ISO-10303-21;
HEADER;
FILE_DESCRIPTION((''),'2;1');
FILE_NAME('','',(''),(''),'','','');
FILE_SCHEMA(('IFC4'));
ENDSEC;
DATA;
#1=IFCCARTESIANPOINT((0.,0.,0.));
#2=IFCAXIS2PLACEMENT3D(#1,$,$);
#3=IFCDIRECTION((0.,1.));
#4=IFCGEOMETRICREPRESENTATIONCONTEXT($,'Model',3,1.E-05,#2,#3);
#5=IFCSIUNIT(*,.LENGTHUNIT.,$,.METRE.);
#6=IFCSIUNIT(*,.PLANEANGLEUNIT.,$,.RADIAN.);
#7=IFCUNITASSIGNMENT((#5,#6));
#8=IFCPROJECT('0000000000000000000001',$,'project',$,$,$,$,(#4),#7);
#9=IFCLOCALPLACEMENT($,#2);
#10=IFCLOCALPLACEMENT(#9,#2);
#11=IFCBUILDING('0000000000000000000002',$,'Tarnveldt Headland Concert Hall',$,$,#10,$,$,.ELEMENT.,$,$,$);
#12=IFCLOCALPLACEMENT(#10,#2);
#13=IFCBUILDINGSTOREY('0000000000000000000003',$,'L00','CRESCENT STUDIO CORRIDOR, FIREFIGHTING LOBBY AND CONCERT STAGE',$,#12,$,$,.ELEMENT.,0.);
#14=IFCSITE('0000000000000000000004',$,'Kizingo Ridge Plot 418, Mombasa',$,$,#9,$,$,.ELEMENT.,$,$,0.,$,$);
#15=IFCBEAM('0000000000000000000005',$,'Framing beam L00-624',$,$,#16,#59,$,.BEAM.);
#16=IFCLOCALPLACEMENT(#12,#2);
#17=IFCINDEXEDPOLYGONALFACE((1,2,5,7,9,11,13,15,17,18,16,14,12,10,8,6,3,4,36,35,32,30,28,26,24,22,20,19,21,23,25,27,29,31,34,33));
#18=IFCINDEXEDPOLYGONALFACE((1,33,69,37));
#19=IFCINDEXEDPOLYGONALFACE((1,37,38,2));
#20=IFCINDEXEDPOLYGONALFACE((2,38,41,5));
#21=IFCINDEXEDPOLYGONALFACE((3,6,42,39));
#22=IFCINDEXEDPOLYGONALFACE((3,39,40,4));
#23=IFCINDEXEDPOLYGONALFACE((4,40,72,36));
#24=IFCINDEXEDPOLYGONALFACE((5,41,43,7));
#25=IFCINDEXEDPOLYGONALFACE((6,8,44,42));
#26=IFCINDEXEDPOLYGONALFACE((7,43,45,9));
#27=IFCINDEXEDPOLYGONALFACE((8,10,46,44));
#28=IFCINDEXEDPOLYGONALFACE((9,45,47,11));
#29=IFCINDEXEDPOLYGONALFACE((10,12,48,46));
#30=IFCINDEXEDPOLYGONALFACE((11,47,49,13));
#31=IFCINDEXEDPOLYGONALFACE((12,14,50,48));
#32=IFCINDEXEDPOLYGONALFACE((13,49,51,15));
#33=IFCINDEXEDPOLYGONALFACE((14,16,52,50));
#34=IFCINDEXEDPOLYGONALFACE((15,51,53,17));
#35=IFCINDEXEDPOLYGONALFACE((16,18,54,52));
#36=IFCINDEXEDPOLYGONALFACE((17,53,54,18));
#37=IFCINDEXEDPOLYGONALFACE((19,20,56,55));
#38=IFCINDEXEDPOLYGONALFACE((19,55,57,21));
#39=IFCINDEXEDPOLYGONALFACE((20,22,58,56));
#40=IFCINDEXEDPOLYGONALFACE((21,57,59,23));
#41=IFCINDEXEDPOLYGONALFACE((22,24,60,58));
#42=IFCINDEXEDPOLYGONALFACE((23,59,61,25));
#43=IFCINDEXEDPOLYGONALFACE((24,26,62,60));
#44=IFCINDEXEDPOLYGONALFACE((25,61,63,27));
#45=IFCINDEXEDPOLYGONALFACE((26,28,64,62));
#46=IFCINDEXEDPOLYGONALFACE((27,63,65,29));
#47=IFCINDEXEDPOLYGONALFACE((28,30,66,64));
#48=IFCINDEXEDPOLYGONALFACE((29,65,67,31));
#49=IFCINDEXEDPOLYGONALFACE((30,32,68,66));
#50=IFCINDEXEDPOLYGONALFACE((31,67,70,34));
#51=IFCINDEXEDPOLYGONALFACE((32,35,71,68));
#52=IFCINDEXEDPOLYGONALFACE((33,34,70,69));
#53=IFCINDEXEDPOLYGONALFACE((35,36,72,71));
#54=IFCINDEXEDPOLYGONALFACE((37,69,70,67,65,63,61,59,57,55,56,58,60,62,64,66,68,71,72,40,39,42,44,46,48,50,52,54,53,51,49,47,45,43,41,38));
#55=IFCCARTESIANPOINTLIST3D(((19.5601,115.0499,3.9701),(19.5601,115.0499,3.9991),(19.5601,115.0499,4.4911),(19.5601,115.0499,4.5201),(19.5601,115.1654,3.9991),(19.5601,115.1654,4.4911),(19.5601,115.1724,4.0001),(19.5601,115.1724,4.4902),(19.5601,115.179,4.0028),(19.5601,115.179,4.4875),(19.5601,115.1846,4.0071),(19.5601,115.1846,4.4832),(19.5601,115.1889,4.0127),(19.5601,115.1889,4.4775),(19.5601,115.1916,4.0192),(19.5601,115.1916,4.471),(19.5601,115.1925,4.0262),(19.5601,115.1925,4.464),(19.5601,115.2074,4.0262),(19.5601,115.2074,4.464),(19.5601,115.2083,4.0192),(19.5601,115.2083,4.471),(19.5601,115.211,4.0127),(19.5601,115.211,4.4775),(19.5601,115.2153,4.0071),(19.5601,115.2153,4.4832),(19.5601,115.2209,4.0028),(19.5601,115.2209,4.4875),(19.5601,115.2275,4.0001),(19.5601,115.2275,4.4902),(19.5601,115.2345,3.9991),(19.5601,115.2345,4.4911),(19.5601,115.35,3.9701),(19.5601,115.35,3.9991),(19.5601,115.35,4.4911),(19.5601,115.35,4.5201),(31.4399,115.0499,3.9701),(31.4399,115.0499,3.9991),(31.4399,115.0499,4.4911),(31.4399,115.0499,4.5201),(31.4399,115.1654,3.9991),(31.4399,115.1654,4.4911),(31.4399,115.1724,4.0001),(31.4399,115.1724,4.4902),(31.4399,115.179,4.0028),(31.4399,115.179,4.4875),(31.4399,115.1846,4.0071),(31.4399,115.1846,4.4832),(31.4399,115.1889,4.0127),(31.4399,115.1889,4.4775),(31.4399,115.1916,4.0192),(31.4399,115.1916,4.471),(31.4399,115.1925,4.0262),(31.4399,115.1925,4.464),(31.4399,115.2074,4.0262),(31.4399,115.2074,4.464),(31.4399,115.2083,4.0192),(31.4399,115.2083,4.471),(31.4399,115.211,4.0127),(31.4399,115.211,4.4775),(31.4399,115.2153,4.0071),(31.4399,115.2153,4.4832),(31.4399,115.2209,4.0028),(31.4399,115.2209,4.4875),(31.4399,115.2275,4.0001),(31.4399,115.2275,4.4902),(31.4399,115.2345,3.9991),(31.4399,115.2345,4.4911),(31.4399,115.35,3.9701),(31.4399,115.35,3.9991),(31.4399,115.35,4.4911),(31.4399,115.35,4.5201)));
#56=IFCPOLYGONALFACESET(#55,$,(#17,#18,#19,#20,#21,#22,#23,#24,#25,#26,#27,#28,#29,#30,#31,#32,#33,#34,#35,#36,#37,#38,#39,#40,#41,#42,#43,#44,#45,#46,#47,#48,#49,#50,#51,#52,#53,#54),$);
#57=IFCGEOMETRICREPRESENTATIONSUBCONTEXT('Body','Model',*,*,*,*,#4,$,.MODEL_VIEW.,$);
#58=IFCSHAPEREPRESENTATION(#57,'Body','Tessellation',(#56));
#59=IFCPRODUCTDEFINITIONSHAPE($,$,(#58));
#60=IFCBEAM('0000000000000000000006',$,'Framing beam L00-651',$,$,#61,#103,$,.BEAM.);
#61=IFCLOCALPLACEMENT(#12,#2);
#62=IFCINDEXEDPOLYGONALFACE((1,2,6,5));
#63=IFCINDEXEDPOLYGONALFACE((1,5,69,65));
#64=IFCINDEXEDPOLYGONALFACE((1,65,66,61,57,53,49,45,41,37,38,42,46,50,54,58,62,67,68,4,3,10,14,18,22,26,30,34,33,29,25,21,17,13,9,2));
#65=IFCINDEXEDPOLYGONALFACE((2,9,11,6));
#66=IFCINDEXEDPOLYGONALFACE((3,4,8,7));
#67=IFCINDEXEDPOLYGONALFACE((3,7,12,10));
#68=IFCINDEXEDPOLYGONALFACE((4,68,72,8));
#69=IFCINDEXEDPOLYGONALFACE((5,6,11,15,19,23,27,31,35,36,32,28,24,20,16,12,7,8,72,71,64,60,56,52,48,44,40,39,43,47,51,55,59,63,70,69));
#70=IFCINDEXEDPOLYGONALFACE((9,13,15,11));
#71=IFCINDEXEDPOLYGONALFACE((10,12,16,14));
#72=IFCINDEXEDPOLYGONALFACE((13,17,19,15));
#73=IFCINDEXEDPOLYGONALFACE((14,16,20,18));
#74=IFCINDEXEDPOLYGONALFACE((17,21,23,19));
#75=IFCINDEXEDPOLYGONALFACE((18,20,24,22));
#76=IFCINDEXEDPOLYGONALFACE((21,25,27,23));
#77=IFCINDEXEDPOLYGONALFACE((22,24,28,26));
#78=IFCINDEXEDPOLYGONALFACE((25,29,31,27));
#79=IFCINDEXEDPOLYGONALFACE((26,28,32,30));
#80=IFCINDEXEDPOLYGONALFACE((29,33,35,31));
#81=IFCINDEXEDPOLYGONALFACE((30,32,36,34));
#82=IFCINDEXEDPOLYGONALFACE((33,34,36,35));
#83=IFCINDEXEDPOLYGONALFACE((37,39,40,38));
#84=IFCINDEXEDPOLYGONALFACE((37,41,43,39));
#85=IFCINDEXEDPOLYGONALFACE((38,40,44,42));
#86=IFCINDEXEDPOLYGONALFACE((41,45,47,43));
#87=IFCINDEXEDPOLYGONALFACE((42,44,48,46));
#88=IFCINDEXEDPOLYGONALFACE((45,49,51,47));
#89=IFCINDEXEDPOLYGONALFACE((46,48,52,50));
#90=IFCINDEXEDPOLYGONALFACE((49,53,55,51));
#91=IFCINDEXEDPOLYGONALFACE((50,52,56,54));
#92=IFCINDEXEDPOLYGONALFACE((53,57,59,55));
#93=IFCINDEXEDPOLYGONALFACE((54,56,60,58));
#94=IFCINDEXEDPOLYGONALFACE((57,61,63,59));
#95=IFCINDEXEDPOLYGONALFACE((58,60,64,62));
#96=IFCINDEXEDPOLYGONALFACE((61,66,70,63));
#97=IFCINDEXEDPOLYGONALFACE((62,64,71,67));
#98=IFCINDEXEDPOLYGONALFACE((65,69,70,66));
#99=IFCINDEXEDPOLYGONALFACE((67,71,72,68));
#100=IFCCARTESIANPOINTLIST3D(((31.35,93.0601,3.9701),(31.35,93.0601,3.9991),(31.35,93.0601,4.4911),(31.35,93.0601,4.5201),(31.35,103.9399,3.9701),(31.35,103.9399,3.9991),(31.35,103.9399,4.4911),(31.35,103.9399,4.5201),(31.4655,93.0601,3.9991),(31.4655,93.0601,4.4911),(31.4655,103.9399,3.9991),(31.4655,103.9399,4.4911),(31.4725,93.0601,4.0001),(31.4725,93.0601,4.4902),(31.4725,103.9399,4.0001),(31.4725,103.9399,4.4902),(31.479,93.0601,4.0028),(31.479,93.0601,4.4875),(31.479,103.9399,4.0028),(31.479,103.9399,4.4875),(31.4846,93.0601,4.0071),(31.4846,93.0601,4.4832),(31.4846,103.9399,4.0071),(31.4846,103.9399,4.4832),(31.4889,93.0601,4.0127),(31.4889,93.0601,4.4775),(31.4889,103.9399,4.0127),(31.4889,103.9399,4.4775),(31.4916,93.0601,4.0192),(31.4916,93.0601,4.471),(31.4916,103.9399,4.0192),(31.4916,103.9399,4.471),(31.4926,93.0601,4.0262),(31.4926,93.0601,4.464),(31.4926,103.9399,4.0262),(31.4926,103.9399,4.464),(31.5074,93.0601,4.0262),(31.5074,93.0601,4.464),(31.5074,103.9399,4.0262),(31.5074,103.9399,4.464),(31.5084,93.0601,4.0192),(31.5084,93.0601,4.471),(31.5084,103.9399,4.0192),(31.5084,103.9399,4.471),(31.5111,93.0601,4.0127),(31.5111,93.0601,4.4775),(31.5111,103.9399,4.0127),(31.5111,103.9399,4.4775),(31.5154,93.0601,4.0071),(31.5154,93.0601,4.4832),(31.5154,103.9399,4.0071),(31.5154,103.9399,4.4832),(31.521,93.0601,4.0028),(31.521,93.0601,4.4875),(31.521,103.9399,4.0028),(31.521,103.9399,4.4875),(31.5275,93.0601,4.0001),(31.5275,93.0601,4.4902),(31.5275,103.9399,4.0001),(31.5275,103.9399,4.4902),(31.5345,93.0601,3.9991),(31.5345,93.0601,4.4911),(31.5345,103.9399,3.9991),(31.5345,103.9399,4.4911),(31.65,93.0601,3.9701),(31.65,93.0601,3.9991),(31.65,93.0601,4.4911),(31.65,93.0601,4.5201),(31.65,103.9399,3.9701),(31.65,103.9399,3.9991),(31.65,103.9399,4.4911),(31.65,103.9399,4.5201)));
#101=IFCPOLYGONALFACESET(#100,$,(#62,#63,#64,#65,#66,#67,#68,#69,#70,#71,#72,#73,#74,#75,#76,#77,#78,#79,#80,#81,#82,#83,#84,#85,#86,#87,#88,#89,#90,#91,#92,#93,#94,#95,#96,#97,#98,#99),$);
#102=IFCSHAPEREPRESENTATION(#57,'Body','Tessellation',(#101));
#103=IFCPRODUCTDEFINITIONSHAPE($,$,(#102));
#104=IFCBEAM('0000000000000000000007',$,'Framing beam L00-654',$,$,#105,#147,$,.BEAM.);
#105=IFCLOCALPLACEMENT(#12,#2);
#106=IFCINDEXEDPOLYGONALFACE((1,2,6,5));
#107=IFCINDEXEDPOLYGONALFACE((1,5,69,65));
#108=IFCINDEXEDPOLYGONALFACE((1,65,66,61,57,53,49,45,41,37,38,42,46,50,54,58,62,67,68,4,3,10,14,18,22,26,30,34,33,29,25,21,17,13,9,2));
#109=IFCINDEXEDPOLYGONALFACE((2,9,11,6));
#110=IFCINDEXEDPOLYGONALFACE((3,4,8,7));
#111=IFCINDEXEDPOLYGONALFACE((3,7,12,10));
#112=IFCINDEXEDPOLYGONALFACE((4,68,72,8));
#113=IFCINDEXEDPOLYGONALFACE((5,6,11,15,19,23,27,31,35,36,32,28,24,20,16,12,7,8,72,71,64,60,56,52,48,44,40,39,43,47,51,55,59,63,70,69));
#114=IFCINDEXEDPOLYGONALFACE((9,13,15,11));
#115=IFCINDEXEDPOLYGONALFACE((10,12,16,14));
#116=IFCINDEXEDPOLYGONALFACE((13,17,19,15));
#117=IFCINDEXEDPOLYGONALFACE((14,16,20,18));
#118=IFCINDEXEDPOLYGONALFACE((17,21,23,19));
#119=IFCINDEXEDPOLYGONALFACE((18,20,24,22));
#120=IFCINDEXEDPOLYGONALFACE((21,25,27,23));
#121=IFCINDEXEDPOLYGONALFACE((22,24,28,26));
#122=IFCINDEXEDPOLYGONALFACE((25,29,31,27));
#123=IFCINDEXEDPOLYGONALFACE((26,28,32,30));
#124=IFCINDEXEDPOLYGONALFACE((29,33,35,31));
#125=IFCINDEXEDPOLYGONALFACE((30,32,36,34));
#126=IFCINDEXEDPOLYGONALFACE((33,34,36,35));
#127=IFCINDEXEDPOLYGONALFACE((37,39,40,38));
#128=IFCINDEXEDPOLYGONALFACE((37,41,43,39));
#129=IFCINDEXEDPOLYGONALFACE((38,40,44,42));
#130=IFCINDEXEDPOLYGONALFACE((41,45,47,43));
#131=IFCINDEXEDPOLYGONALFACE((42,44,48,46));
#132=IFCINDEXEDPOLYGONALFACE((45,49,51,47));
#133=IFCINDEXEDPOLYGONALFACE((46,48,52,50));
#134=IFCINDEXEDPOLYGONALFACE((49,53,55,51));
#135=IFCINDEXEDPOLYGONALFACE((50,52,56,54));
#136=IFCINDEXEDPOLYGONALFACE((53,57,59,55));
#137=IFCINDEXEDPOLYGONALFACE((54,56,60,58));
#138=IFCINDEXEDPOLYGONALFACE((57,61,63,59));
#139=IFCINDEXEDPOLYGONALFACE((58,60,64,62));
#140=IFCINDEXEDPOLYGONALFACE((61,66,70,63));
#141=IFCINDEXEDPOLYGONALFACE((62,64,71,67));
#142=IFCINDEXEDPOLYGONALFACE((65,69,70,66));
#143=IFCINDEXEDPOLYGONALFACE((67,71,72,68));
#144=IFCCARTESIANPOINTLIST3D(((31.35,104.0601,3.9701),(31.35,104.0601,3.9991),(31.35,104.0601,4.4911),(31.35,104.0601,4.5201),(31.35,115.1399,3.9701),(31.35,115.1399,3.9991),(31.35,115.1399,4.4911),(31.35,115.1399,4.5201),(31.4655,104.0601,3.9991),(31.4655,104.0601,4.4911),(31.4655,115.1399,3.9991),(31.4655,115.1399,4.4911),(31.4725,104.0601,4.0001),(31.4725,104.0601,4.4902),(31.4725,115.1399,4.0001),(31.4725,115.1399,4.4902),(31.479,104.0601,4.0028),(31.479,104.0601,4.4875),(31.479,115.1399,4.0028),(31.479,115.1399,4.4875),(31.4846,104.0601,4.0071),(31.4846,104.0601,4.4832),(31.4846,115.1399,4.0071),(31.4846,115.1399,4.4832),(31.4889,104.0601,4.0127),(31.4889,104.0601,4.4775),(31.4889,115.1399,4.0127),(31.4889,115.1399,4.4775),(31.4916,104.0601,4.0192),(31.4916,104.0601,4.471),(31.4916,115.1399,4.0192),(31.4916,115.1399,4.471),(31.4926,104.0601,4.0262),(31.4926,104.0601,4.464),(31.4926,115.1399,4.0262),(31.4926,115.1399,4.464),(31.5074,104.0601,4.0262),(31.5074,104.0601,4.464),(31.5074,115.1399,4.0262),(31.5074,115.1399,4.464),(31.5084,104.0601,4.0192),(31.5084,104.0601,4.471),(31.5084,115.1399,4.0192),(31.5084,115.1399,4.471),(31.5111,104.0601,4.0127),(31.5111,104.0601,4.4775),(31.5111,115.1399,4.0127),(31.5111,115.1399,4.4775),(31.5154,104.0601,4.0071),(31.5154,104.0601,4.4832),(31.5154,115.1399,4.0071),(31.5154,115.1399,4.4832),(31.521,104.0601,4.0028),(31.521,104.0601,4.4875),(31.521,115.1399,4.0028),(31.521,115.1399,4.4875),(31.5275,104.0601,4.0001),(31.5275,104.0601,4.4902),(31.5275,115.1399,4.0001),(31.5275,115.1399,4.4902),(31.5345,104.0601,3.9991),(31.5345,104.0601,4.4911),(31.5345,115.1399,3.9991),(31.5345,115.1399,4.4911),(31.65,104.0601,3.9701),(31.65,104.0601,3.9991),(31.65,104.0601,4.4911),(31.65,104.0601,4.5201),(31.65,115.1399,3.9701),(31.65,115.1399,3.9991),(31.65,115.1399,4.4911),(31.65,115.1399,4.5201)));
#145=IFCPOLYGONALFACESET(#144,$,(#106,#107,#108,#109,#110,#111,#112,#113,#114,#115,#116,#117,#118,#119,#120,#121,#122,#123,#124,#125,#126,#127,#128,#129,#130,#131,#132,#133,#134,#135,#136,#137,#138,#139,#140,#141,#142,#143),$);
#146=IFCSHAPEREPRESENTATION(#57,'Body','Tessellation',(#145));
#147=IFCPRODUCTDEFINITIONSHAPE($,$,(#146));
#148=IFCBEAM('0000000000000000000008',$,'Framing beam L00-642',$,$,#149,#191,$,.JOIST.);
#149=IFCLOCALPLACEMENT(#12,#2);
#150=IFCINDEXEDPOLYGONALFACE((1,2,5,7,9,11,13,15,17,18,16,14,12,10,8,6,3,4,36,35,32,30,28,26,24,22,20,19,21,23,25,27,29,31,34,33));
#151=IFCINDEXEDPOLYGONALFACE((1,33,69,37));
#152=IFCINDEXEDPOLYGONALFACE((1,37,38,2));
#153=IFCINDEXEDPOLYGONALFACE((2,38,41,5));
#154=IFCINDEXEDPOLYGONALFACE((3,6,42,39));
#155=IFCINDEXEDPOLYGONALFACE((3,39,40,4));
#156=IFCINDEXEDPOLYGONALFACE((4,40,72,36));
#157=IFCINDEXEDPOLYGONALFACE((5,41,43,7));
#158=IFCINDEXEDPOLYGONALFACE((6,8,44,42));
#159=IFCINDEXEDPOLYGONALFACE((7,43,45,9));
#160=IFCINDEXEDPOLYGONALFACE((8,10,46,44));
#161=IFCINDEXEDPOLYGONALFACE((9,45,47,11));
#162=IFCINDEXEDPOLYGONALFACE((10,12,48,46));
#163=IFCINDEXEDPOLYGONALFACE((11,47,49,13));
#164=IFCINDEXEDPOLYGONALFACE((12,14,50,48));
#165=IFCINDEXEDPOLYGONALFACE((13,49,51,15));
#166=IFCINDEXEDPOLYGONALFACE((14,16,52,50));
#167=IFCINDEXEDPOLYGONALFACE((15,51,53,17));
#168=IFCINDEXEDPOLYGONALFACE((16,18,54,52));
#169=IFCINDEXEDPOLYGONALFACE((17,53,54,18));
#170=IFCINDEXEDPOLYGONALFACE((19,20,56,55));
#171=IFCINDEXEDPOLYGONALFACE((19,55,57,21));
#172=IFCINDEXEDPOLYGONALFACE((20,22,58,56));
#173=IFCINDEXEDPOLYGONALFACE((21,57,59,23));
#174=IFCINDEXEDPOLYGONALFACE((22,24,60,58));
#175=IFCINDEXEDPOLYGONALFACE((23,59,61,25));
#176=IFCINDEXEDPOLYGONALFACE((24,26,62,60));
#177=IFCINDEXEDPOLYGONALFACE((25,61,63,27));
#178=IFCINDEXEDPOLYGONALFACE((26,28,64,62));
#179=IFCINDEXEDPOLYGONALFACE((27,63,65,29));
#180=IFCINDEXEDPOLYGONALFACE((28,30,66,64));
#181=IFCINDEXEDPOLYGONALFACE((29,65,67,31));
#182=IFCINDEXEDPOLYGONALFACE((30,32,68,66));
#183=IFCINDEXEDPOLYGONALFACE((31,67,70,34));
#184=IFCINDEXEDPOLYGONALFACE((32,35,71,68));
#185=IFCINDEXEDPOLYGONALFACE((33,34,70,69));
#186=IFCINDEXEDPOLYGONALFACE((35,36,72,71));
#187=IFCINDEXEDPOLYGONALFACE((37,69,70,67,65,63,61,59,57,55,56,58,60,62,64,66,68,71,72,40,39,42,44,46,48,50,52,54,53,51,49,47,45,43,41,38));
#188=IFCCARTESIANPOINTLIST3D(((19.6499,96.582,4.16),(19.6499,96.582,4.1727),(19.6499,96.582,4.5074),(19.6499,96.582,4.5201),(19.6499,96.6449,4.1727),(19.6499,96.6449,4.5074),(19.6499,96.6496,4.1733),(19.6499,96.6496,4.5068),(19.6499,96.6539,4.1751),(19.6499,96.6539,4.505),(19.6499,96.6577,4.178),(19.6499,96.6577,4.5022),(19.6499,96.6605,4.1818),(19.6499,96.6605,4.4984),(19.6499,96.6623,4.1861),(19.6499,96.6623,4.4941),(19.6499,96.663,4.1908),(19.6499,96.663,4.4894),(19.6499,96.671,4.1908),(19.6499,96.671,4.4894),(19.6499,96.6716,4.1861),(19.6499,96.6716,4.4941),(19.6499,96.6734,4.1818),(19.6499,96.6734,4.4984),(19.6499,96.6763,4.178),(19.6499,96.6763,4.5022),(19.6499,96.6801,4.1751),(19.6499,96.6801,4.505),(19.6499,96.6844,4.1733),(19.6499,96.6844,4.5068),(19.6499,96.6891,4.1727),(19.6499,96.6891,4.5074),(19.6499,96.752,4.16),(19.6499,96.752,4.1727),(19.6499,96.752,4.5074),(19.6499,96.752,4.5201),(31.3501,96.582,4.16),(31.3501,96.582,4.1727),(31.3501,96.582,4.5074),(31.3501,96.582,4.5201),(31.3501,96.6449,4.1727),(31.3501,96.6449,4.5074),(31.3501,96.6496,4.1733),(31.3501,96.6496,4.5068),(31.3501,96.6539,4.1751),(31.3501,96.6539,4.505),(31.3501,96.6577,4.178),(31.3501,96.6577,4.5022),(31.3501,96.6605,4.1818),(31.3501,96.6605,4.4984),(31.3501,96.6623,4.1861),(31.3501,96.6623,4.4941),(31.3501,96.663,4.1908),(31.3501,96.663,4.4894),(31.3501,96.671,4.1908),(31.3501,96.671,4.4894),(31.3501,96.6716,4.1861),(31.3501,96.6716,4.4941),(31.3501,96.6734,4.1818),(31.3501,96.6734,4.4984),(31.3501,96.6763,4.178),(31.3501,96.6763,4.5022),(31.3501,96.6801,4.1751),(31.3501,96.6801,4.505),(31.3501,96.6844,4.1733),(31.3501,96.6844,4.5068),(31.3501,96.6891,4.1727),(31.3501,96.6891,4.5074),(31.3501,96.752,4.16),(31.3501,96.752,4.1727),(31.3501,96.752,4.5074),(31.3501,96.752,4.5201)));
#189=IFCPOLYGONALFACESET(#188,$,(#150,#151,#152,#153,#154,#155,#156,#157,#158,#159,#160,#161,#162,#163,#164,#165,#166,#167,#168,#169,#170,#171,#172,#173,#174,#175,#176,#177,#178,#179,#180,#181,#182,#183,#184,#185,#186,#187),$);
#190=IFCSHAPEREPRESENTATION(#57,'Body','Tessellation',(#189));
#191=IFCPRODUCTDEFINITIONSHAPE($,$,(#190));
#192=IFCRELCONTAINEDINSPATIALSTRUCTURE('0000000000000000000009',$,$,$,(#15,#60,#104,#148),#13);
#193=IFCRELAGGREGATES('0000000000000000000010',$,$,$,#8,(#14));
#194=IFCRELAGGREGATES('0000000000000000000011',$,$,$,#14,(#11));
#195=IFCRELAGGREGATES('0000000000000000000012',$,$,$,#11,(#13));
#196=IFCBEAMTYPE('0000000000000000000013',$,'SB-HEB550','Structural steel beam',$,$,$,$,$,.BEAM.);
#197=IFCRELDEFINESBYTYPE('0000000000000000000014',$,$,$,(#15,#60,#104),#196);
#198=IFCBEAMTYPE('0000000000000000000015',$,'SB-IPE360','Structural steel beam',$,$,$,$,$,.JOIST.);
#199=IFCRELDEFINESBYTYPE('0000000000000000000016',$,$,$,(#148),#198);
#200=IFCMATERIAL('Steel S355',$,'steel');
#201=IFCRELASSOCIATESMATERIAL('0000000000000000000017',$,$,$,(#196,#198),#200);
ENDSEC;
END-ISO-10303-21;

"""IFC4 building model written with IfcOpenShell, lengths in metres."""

from ifc_helpers import new_model, si_unit, direction, frame, origin, origin_2d, place, context, subcontext, project, spatial, i_section, extrude, material, material_profile, profile_set, type_object, element, save


model = new_model("IFC4")

# Units and contexts
model_context = context("Model", 3, precision=1e-05, world=origin(), true_north=direction((0.0, 1.0)))
body_context = subcontext(model_context, "Body", "Model", "MODEL_VIEW")
ifc_project = project(units=[si_unit("LENGTHUNIT", "METRE"), si_unit("PLANEANGLEUNIT", "RADIAN")], contexts=[model_context])

# Site, building, storey
site_placement = place(None, origin())
site = spatial("IfcSite", under=ifc_project, at=site_placement, Name="Kizingo Ridge Plot 418, Mombasa", CompositionType="ELEMENT", RefElevation=0.0)
building_placement = place(site_placement, origin())
building = spatial("IfcBuilding", under=site, at=building_placement, Name="Tarnveldt Headland Concert Hall", CompositionType="ELEMENT")
storey_placement = place(building_placement, origin())
storey = spatial("IfcBuildingStorey", under=building, at=storey_placement, Name="L00", Description="CRESCENT STUDIO CORRIDOR, FIREFIGHTING LOBBY AND CONCERT STAGE", CompositionType="ELEMENT", Elevation=0.0)

# Beams
ifc_material_1 = material(Name="Steel S355", Category="steel")
ifc_material_profile_1 = material_profile(ifc_material_1, i_section(OverallWidth=0.3, OverallDepth=0.55, WebThickness=0.0149, FlangeThickness=0.0291, FilletRadius=0.0271, at=origin_2d()), Name="HEB550", Category="steel")
ifc_profile_set_1 = profile_set([ifc_material_profile_1], Name="Steel S355")
beam_type_1 = type_object("IfcBeamType", Name="SB-HEB550", Description="Structural steel beam", PredefinedType="BEAM", material=ifc_profile_set_1)
for number, where, z_axis, x_axis, name in (
    (1, (19.5601, 115.2, 4.2451), (1.0, 0.0, 0.0), (0.0, 1.0, 0.0), "Framing beam L00-624"),
):
    element("IfcBeam", number, at=place(storey_placement, frame(where, z_axis=z_axis, x_axis=x_axis)), inside=storey, type_object=beam_type_1, Name=name, PredefinedType="BEAM", context=body_context, shape_type="SweptSolid", body=[
        extrude(i_section(OverallWidth=0.3, OverallDepth=0.55, WebThickness=0.0149, FlangeThickness=0.0291, FilletRadius=0.0271, at=origin_2d()), origin(), (0.0, 0.0, 1.0), 11.8799),
    ])
beam_1_placement = place(storey_placement, frame((31.5, 93.0601, 4.2451), z_axis=(0.0, 1.0, 0.0), x_axis=(-1.0, 0.0, 0.0)))
element("IfcBeam", 2, at=beam_1_placement, inside=storey, type_object=beam_type_1, Name="Framing beam L00-651", PredefinedType="BEAM", context=body_context, shape_type="SweptSolid", body=[
    extrude(i_section(OverallWidth=0.3, OverallDepth=0.55, WebThickness=0.0149, FlangeThickness=0.0291, FilletRadius=0.0271, at=origin_2d()), origin(), (0.0, 0.0, 1.0), 10.8799),
])
beam_2_placement = place(storey_placement, frame((31.5, 104.0601, 4.2451), z_axis=(0.0, 1.0, 0.0), x_axis=(-1.0, 0.0, 0.0)))
element("IfcBeam", 3, at=beam_2_placement, inside=storey, type_object=beam_type_1, Name="Framing beam L00-654", PredefinedType="BEAM", context=body_context, shape_type="SweptSolid", body=[
    extrude(i_section(OverallWidth=0.3, OverallDepth=0.55, WebThickness=0.0149, FlangeThickness=0.0291, FilletRadius=0.0271, at=origin_2d()), origin(), (0.0, 0.0, 1.0), 11.0798),
])
ifc_material_profile_2 = material_profile(ifc_material_1, i_section(OverallWidth=0.1699, OverallDepth=0.3601, WebThickness=0.0081, FlangeThickness=0.0127, FilletRadius=0.0181, at=origin_2d()), Name="IPE360", Category="steel")
ifc_profile_set_2 = profile_set([ifc_material_profile_2], Name="Steel S355")
beam_type_2 = type_object("IfcBeamType", Name="SB-IPE360", Description="Structural steel beam", PredefinedType="JOIST", material=ifc_profile_set_2)
for number, where, z_axis, x_axis, name in (
    (4, (19.6499, 96.667, 4.3401), (1.0, 0.0, 0.0), (0.0, 1.0, 0.0), "Framing beam L00-642"),
):
    element("IfcBeam", number, at=place(storey_placement, frame(where, z_axis=z_axis, x_axis=x_axis)), inside=storey, type_object=beam_type_2, Name=name, PredefinedType="JOIST", context=body_context, shape_type="SweptSolid", body=[
        extrude(i_section(OverallWidth=0.1699, OverallDepth=0.3601, WebThickness=0.0081, FlangeThickness=0.0127, FilletRadius=0.0181, at=origin_2d()), origin(), (0.0, 0.0, 1.0), 11.7002),
    ])

save(model, "model.ifc")
